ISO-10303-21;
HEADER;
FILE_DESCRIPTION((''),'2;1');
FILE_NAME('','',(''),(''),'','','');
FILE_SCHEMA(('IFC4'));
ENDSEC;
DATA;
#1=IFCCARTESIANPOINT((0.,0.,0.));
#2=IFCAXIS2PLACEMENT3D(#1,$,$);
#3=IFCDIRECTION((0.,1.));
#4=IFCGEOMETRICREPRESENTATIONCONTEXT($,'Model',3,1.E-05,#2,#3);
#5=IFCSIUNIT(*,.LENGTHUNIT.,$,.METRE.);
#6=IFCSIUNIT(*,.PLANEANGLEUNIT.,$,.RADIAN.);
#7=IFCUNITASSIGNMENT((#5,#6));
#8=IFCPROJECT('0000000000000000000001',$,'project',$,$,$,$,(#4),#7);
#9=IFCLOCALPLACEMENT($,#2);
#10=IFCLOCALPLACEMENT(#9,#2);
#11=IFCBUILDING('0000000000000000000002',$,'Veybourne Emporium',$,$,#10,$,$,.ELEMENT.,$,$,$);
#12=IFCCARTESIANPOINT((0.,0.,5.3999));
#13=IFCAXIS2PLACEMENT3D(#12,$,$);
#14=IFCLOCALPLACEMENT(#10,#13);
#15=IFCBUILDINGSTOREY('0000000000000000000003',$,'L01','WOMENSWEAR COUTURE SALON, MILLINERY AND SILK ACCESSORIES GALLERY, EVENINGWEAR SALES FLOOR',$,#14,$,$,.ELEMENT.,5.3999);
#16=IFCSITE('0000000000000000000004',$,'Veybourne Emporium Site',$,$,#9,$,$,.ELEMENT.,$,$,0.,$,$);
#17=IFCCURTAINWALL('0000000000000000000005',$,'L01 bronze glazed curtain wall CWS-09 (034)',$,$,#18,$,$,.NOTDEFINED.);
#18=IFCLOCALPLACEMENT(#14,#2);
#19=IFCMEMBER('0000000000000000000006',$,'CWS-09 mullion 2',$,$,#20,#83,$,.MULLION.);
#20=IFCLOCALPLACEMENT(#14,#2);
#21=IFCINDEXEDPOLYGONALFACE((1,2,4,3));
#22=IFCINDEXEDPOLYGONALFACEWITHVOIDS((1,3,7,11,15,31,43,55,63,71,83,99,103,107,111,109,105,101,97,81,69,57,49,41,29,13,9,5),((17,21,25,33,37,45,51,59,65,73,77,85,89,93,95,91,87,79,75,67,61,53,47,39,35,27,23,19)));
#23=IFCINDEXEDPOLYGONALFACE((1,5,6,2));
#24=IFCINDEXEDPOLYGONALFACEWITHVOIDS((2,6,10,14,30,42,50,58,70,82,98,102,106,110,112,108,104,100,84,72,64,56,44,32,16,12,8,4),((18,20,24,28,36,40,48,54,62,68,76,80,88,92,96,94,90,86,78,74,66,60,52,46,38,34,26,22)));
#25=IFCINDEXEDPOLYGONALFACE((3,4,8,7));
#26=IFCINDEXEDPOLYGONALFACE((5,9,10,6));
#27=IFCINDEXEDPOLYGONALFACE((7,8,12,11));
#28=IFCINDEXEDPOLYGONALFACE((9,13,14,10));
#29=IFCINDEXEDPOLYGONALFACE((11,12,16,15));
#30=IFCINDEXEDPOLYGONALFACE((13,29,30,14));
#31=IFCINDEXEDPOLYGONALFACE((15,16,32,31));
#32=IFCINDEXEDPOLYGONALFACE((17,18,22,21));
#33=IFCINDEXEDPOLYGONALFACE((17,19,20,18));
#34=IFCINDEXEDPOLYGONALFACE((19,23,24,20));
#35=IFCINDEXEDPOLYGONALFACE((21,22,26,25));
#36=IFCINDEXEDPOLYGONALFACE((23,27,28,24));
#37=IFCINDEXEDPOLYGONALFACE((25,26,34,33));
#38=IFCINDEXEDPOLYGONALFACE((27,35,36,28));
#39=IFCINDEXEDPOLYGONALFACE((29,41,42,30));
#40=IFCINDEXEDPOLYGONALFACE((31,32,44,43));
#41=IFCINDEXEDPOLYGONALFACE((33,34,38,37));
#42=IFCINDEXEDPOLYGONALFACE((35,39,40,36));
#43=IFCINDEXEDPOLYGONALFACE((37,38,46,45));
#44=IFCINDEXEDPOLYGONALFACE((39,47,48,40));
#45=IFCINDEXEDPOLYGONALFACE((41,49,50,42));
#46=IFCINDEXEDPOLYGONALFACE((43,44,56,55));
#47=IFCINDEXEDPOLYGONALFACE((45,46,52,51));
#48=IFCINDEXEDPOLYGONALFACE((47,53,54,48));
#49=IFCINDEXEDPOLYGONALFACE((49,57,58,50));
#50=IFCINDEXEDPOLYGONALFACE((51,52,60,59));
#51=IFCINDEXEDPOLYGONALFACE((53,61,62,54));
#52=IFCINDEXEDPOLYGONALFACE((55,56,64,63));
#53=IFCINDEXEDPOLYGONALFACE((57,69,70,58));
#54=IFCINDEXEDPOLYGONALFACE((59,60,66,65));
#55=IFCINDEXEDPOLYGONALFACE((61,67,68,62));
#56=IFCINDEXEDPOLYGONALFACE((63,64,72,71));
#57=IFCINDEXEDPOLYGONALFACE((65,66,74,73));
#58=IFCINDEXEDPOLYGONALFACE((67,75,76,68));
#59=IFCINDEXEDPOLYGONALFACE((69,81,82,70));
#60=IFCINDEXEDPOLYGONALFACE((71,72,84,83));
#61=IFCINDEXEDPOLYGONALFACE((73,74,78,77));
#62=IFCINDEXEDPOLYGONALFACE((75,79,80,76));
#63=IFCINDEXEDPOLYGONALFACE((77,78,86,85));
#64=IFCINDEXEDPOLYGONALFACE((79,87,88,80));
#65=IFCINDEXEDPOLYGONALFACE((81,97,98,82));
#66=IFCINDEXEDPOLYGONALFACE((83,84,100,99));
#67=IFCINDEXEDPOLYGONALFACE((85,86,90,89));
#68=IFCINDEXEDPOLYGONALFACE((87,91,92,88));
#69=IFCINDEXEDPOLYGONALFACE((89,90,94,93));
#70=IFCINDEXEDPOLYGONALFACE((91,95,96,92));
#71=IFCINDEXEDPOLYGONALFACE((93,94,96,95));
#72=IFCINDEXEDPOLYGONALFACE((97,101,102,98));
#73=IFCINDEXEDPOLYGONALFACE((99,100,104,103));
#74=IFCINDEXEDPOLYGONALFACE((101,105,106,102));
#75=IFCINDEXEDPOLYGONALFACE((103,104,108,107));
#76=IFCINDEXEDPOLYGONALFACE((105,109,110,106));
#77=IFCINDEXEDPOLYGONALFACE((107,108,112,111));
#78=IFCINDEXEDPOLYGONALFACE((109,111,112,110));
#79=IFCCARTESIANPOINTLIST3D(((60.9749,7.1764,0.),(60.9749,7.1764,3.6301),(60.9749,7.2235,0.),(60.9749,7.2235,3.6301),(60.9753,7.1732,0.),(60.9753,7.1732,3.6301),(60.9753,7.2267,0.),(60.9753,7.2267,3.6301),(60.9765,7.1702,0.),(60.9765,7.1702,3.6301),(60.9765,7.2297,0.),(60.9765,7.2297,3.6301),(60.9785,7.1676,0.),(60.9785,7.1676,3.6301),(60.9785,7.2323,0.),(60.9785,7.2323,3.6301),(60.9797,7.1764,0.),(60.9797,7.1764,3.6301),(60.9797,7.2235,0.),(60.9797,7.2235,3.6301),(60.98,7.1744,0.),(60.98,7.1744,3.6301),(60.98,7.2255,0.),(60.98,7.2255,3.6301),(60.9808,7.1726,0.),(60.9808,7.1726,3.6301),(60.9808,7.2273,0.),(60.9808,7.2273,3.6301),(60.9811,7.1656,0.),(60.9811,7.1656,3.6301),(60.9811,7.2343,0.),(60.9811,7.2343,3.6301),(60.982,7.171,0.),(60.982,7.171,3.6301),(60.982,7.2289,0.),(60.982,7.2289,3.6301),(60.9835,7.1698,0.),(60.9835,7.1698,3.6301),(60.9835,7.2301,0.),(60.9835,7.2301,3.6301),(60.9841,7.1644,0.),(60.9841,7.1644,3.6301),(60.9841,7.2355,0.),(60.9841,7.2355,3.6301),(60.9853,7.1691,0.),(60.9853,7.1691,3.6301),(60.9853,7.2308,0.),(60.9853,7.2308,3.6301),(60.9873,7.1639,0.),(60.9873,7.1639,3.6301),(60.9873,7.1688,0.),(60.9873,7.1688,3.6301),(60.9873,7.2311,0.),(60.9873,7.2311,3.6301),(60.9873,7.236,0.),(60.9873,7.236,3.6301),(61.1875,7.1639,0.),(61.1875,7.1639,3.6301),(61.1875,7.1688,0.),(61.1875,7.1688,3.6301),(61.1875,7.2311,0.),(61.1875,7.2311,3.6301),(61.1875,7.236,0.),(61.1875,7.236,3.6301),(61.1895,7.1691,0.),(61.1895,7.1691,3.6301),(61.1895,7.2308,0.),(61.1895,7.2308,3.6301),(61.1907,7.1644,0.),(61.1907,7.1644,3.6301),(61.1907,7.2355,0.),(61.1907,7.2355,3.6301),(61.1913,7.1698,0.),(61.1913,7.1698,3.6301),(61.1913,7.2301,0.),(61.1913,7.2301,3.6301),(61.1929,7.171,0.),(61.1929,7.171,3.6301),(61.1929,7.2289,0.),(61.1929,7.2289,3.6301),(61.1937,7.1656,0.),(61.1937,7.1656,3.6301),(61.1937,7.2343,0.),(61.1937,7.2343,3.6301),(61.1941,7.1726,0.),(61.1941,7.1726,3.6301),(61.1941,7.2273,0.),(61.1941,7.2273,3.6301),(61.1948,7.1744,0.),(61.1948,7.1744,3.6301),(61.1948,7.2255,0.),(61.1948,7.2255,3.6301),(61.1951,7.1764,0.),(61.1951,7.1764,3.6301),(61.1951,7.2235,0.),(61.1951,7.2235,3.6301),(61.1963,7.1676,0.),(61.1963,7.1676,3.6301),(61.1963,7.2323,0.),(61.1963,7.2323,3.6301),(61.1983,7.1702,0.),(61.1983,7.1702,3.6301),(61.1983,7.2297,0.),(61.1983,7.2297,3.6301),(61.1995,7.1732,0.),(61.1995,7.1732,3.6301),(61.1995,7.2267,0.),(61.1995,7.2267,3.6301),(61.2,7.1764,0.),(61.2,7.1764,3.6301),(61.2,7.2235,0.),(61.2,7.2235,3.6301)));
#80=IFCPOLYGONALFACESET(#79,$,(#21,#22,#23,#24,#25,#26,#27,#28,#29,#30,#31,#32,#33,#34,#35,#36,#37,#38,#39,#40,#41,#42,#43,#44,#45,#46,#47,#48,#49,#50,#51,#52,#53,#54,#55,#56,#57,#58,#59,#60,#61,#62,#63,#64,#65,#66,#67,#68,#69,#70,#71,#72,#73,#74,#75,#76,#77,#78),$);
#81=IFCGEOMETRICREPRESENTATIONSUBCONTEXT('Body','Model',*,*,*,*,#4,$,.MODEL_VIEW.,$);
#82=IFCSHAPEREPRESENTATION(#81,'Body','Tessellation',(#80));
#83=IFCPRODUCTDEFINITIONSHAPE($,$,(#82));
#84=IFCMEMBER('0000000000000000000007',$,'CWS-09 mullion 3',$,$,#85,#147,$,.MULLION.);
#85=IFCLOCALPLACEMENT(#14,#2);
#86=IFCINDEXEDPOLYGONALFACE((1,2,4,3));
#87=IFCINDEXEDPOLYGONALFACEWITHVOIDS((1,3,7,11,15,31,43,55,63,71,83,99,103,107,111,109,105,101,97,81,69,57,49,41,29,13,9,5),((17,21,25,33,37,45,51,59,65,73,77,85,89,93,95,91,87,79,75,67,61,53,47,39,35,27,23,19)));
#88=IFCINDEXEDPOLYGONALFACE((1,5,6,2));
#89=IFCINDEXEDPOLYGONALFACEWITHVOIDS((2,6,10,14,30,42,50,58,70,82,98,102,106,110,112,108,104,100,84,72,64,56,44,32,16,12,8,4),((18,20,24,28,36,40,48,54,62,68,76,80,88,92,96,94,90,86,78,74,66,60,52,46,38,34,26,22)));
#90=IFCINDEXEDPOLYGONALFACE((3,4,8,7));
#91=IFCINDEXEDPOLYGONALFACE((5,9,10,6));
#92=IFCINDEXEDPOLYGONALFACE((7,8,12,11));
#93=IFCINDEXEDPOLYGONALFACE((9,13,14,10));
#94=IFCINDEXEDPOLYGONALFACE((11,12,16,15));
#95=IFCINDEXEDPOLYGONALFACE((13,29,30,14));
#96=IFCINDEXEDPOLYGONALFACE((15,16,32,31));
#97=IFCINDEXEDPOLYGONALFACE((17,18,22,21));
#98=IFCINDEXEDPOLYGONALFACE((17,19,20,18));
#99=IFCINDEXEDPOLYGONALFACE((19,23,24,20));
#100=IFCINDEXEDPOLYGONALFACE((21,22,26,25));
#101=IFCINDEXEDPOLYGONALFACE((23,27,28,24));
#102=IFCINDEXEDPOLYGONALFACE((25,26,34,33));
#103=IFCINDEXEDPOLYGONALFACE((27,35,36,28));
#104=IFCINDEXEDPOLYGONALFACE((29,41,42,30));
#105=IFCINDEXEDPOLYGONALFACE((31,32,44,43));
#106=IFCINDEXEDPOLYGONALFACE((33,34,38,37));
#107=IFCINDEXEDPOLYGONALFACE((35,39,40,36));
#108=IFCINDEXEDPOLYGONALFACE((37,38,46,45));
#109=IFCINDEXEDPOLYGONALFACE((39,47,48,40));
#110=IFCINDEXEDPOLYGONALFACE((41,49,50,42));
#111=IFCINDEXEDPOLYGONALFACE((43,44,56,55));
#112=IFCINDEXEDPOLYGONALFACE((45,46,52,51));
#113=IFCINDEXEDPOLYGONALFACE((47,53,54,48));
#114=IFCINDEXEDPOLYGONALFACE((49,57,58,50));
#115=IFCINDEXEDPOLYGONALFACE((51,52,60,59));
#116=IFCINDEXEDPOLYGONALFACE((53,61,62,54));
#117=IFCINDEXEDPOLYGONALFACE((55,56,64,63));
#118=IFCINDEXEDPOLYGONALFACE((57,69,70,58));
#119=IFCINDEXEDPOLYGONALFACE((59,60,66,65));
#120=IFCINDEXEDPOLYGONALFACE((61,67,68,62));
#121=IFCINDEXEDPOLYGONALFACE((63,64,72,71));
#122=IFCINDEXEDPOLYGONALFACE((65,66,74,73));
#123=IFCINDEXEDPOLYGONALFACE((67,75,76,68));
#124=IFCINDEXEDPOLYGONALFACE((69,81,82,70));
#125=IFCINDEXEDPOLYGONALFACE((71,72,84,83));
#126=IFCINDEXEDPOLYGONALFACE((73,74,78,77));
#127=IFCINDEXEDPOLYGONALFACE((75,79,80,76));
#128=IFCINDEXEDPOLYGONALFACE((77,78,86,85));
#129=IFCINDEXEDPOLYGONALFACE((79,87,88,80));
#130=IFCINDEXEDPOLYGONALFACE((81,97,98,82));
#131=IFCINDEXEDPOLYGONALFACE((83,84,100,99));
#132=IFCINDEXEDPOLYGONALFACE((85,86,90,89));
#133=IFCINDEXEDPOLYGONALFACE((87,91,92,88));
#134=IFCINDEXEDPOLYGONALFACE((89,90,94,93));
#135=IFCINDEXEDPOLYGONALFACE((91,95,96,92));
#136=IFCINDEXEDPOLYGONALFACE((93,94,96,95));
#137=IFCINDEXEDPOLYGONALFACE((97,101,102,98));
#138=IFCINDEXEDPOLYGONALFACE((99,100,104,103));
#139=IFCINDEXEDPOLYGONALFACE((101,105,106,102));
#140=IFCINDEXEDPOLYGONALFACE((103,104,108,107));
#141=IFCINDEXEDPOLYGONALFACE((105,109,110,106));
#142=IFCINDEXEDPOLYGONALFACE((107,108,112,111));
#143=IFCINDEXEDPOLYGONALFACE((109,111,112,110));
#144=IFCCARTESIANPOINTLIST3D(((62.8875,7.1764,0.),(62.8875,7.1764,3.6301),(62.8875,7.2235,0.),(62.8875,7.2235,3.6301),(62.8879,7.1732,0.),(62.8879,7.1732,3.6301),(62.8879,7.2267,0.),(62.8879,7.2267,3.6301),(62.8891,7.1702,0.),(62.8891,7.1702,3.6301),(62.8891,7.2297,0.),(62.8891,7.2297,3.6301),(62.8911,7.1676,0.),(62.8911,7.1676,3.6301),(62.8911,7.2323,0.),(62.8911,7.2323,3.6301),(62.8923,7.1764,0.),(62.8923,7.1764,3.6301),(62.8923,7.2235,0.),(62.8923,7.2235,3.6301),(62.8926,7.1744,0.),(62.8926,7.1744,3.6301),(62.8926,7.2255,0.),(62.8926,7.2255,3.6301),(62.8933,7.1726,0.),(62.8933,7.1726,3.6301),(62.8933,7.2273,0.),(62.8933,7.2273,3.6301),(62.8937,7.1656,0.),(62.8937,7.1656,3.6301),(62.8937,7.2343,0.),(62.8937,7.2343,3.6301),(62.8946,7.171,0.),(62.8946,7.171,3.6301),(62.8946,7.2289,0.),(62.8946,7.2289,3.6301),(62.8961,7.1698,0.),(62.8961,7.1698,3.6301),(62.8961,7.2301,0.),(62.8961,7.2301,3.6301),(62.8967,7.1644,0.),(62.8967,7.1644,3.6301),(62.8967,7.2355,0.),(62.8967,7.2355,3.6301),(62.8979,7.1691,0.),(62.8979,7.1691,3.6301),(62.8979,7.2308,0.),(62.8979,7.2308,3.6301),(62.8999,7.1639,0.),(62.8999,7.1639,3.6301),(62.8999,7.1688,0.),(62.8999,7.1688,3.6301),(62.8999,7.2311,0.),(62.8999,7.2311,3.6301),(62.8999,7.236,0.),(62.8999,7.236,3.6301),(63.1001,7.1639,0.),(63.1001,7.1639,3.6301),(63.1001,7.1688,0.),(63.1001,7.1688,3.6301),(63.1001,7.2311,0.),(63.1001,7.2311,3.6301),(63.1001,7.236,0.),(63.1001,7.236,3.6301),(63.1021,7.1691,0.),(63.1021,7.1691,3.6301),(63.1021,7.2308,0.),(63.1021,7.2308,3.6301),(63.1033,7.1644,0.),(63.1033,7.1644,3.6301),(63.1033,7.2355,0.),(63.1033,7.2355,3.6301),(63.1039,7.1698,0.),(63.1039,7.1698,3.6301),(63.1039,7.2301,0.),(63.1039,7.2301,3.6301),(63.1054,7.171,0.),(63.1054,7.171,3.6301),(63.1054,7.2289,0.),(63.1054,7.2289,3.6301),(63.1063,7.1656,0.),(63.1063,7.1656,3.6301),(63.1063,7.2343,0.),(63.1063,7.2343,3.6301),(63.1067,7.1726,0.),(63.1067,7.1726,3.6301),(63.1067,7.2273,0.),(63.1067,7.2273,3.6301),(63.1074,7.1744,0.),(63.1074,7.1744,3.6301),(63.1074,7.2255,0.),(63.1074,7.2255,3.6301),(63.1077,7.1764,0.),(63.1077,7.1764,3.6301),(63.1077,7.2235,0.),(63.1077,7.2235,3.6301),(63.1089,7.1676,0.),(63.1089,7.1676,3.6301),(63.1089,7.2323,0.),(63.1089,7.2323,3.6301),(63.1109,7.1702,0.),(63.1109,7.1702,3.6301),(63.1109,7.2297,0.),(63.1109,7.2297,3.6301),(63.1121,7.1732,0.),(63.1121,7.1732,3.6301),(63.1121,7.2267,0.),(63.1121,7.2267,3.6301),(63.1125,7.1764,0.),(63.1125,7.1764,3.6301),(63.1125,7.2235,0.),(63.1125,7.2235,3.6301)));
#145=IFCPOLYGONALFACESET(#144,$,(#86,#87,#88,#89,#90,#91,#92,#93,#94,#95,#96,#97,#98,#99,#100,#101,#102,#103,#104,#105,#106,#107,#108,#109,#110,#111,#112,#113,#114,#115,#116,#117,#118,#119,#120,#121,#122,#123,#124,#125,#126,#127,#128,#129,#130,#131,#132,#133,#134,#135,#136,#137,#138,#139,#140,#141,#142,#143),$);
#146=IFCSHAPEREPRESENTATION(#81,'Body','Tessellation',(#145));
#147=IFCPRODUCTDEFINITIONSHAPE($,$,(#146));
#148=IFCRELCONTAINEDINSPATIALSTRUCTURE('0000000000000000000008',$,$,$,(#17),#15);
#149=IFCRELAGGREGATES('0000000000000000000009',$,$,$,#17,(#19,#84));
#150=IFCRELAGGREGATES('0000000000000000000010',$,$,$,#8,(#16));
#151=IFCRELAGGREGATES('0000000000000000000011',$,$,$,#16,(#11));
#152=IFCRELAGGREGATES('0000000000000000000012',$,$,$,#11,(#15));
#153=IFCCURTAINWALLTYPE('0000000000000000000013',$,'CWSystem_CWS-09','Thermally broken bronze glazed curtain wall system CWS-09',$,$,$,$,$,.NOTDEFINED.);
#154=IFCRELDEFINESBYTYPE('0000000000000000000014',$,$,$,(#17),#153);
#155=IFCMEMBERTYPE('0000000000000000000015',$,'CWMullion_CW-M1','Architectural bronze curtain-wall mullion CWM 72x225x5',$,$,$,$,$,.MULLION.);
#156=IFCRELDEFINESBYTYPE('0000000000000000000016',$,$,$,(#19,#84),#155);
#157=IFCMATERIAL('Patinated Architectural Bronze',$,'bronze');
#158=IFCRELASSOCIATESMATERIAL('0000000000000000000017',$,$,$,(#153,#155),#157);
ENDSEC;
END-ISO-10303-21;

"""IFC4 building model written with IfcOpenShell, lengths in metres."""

from ifc_helpers import new_model, si_unit, direction, frame, origin, origin_2d, place, context, subcontext, project, spatial, hollow_rectangle, extrude, material, material_profile, profile_set, type_object, element, aggregate, save


model = new_model("IFC4")

# Units and contexts
model_context = context("Model", 3, precision=1e-05, world=origin(), true_north=direction((0.0, 1.0)))
body_context = subcontext(model_context, "Body", "Model", "MODEL_VIEW")
ifc_project = project(units=[si_unit("LENGTHUNIT", "METRE"), si_unit("PLANEANGLEUNIT", "RADIAN")], contexts=[model_context])

# Site, building, storey
site_placement = place(None, origin())
site = spatial("IfcSite", under=ifc_project, at=site_placement, Name="Veybourne Emporium Site", CompositionType="ELEMENT", RefElevation=0.0)
building_placement = place(site_placement, origin())
building = spatial("IfcBuilding", under=site, at=building_placement, Name="Veybourne Emporium", CompositionType="ELEMENT")
storey_placement = place(building_placement, frame((0.0, 0.0, 5.3999)))
storey = spatial("IfcBuildingStorey", under=building, at=storey_placement, Name="L01", Description="WOMENSWEAR COUTURE SALON, MILLINERY AND SILK ACCESSORIES GALLERY, EVENINGWEAR SALES FLOOR", CompositionType="ELEMENT", Elevation=5.3999)

# Curtain wall, members
ifc_material_1 = material(Name="Patinated Architectural Bronze", Category="bronze")
curtain_wall_type = type_object("IfcCurtainWallType", Name="CWSystem_CWS-09", Description="Thermally broken bronze glazed curtain wall system CWS-09", PredefinedType="NOTDEFINED", material=ifc_material_1)
curtain_wall_placement = place(storey_placement, origin())
curtain_wall = element("IfcCurtainWall", 1, at=curtain_wall_placement, inside=storey, type_object=curtain_wall_type, Name="L01 bronze glazed curtain wall CWS-09 (034)", PredefinedType="NOTDEFINED")
ifc_material_profile_1 = material_profile(ifc_material_1, hollow_rectangle(XDim=0.072, YDim=0.2251, WallThickness=0.0049, InnerFilletRadius=0.0076, OuterFilletRadius=0.0125, at=origin_2d()), Name="CWM 72x225x5")
ifc_profile_set_1 = profile_set([ifc_material_profile_1], Name="Patinated Architectural Bronze")
member_type_1 = type_object("IfcMemberType", Name="CWMullion_CW-M1", Description="Architectural bronze curtain-wall mullion CWM 72x225x5", PredefinedType="MULLION", material=ifc_profile_set_1)
member_1_placement = place(storey_placement, frame((61.0874, 7.2, 0.0), z_axis=(0.0, 0.0, 1.0), x_axis=(0.0, 1.0, 0.0)))
member_1 = element("IfcMember", 2, at=member_1_placement, type_object=member_type_1, Name="CWS-09 mullion 2", PredefinedType="MULLION", context=body_context, shape_type="SweptSolid", body=[
    extrude(hollow_rectangle(XDim=0.072, YDim=0.2251, WallThickness=0.0049, InnerFilletRadius=0.0076, OuterFilletRadius=0.0125, at=origin_2d()), origin(), (0.0, 0.0, 1.0), 3.6301),
])
member_2_placement = place(storey_placement, frame((63.0, 7.2, 0.0), z_axis=(0.0, 0.0, 1.0), x_axis=(0.0, 1.0, 0.0)))
member_2 = element("IfcMember", 3, at=member_2_placement, type_object=member_type_1, Name="CWS-09 mullion 3", PredefinedType="MULLION", context=body_context, shape_type="SweptSolid", body=[
    extrude(hollow_rectangle(XDim=0.072, YDim=0.2251, WallThickness=0.0049, InnerFilletRadius=0.0076, OuterFilletRadius=0.0125, at=origin_2d()), origin(), (0.0, 0.0, 1.0), 3.6301),
])
aggregate(curtain_wall, [member_1, member_2])

save(model, "model.ifc")
